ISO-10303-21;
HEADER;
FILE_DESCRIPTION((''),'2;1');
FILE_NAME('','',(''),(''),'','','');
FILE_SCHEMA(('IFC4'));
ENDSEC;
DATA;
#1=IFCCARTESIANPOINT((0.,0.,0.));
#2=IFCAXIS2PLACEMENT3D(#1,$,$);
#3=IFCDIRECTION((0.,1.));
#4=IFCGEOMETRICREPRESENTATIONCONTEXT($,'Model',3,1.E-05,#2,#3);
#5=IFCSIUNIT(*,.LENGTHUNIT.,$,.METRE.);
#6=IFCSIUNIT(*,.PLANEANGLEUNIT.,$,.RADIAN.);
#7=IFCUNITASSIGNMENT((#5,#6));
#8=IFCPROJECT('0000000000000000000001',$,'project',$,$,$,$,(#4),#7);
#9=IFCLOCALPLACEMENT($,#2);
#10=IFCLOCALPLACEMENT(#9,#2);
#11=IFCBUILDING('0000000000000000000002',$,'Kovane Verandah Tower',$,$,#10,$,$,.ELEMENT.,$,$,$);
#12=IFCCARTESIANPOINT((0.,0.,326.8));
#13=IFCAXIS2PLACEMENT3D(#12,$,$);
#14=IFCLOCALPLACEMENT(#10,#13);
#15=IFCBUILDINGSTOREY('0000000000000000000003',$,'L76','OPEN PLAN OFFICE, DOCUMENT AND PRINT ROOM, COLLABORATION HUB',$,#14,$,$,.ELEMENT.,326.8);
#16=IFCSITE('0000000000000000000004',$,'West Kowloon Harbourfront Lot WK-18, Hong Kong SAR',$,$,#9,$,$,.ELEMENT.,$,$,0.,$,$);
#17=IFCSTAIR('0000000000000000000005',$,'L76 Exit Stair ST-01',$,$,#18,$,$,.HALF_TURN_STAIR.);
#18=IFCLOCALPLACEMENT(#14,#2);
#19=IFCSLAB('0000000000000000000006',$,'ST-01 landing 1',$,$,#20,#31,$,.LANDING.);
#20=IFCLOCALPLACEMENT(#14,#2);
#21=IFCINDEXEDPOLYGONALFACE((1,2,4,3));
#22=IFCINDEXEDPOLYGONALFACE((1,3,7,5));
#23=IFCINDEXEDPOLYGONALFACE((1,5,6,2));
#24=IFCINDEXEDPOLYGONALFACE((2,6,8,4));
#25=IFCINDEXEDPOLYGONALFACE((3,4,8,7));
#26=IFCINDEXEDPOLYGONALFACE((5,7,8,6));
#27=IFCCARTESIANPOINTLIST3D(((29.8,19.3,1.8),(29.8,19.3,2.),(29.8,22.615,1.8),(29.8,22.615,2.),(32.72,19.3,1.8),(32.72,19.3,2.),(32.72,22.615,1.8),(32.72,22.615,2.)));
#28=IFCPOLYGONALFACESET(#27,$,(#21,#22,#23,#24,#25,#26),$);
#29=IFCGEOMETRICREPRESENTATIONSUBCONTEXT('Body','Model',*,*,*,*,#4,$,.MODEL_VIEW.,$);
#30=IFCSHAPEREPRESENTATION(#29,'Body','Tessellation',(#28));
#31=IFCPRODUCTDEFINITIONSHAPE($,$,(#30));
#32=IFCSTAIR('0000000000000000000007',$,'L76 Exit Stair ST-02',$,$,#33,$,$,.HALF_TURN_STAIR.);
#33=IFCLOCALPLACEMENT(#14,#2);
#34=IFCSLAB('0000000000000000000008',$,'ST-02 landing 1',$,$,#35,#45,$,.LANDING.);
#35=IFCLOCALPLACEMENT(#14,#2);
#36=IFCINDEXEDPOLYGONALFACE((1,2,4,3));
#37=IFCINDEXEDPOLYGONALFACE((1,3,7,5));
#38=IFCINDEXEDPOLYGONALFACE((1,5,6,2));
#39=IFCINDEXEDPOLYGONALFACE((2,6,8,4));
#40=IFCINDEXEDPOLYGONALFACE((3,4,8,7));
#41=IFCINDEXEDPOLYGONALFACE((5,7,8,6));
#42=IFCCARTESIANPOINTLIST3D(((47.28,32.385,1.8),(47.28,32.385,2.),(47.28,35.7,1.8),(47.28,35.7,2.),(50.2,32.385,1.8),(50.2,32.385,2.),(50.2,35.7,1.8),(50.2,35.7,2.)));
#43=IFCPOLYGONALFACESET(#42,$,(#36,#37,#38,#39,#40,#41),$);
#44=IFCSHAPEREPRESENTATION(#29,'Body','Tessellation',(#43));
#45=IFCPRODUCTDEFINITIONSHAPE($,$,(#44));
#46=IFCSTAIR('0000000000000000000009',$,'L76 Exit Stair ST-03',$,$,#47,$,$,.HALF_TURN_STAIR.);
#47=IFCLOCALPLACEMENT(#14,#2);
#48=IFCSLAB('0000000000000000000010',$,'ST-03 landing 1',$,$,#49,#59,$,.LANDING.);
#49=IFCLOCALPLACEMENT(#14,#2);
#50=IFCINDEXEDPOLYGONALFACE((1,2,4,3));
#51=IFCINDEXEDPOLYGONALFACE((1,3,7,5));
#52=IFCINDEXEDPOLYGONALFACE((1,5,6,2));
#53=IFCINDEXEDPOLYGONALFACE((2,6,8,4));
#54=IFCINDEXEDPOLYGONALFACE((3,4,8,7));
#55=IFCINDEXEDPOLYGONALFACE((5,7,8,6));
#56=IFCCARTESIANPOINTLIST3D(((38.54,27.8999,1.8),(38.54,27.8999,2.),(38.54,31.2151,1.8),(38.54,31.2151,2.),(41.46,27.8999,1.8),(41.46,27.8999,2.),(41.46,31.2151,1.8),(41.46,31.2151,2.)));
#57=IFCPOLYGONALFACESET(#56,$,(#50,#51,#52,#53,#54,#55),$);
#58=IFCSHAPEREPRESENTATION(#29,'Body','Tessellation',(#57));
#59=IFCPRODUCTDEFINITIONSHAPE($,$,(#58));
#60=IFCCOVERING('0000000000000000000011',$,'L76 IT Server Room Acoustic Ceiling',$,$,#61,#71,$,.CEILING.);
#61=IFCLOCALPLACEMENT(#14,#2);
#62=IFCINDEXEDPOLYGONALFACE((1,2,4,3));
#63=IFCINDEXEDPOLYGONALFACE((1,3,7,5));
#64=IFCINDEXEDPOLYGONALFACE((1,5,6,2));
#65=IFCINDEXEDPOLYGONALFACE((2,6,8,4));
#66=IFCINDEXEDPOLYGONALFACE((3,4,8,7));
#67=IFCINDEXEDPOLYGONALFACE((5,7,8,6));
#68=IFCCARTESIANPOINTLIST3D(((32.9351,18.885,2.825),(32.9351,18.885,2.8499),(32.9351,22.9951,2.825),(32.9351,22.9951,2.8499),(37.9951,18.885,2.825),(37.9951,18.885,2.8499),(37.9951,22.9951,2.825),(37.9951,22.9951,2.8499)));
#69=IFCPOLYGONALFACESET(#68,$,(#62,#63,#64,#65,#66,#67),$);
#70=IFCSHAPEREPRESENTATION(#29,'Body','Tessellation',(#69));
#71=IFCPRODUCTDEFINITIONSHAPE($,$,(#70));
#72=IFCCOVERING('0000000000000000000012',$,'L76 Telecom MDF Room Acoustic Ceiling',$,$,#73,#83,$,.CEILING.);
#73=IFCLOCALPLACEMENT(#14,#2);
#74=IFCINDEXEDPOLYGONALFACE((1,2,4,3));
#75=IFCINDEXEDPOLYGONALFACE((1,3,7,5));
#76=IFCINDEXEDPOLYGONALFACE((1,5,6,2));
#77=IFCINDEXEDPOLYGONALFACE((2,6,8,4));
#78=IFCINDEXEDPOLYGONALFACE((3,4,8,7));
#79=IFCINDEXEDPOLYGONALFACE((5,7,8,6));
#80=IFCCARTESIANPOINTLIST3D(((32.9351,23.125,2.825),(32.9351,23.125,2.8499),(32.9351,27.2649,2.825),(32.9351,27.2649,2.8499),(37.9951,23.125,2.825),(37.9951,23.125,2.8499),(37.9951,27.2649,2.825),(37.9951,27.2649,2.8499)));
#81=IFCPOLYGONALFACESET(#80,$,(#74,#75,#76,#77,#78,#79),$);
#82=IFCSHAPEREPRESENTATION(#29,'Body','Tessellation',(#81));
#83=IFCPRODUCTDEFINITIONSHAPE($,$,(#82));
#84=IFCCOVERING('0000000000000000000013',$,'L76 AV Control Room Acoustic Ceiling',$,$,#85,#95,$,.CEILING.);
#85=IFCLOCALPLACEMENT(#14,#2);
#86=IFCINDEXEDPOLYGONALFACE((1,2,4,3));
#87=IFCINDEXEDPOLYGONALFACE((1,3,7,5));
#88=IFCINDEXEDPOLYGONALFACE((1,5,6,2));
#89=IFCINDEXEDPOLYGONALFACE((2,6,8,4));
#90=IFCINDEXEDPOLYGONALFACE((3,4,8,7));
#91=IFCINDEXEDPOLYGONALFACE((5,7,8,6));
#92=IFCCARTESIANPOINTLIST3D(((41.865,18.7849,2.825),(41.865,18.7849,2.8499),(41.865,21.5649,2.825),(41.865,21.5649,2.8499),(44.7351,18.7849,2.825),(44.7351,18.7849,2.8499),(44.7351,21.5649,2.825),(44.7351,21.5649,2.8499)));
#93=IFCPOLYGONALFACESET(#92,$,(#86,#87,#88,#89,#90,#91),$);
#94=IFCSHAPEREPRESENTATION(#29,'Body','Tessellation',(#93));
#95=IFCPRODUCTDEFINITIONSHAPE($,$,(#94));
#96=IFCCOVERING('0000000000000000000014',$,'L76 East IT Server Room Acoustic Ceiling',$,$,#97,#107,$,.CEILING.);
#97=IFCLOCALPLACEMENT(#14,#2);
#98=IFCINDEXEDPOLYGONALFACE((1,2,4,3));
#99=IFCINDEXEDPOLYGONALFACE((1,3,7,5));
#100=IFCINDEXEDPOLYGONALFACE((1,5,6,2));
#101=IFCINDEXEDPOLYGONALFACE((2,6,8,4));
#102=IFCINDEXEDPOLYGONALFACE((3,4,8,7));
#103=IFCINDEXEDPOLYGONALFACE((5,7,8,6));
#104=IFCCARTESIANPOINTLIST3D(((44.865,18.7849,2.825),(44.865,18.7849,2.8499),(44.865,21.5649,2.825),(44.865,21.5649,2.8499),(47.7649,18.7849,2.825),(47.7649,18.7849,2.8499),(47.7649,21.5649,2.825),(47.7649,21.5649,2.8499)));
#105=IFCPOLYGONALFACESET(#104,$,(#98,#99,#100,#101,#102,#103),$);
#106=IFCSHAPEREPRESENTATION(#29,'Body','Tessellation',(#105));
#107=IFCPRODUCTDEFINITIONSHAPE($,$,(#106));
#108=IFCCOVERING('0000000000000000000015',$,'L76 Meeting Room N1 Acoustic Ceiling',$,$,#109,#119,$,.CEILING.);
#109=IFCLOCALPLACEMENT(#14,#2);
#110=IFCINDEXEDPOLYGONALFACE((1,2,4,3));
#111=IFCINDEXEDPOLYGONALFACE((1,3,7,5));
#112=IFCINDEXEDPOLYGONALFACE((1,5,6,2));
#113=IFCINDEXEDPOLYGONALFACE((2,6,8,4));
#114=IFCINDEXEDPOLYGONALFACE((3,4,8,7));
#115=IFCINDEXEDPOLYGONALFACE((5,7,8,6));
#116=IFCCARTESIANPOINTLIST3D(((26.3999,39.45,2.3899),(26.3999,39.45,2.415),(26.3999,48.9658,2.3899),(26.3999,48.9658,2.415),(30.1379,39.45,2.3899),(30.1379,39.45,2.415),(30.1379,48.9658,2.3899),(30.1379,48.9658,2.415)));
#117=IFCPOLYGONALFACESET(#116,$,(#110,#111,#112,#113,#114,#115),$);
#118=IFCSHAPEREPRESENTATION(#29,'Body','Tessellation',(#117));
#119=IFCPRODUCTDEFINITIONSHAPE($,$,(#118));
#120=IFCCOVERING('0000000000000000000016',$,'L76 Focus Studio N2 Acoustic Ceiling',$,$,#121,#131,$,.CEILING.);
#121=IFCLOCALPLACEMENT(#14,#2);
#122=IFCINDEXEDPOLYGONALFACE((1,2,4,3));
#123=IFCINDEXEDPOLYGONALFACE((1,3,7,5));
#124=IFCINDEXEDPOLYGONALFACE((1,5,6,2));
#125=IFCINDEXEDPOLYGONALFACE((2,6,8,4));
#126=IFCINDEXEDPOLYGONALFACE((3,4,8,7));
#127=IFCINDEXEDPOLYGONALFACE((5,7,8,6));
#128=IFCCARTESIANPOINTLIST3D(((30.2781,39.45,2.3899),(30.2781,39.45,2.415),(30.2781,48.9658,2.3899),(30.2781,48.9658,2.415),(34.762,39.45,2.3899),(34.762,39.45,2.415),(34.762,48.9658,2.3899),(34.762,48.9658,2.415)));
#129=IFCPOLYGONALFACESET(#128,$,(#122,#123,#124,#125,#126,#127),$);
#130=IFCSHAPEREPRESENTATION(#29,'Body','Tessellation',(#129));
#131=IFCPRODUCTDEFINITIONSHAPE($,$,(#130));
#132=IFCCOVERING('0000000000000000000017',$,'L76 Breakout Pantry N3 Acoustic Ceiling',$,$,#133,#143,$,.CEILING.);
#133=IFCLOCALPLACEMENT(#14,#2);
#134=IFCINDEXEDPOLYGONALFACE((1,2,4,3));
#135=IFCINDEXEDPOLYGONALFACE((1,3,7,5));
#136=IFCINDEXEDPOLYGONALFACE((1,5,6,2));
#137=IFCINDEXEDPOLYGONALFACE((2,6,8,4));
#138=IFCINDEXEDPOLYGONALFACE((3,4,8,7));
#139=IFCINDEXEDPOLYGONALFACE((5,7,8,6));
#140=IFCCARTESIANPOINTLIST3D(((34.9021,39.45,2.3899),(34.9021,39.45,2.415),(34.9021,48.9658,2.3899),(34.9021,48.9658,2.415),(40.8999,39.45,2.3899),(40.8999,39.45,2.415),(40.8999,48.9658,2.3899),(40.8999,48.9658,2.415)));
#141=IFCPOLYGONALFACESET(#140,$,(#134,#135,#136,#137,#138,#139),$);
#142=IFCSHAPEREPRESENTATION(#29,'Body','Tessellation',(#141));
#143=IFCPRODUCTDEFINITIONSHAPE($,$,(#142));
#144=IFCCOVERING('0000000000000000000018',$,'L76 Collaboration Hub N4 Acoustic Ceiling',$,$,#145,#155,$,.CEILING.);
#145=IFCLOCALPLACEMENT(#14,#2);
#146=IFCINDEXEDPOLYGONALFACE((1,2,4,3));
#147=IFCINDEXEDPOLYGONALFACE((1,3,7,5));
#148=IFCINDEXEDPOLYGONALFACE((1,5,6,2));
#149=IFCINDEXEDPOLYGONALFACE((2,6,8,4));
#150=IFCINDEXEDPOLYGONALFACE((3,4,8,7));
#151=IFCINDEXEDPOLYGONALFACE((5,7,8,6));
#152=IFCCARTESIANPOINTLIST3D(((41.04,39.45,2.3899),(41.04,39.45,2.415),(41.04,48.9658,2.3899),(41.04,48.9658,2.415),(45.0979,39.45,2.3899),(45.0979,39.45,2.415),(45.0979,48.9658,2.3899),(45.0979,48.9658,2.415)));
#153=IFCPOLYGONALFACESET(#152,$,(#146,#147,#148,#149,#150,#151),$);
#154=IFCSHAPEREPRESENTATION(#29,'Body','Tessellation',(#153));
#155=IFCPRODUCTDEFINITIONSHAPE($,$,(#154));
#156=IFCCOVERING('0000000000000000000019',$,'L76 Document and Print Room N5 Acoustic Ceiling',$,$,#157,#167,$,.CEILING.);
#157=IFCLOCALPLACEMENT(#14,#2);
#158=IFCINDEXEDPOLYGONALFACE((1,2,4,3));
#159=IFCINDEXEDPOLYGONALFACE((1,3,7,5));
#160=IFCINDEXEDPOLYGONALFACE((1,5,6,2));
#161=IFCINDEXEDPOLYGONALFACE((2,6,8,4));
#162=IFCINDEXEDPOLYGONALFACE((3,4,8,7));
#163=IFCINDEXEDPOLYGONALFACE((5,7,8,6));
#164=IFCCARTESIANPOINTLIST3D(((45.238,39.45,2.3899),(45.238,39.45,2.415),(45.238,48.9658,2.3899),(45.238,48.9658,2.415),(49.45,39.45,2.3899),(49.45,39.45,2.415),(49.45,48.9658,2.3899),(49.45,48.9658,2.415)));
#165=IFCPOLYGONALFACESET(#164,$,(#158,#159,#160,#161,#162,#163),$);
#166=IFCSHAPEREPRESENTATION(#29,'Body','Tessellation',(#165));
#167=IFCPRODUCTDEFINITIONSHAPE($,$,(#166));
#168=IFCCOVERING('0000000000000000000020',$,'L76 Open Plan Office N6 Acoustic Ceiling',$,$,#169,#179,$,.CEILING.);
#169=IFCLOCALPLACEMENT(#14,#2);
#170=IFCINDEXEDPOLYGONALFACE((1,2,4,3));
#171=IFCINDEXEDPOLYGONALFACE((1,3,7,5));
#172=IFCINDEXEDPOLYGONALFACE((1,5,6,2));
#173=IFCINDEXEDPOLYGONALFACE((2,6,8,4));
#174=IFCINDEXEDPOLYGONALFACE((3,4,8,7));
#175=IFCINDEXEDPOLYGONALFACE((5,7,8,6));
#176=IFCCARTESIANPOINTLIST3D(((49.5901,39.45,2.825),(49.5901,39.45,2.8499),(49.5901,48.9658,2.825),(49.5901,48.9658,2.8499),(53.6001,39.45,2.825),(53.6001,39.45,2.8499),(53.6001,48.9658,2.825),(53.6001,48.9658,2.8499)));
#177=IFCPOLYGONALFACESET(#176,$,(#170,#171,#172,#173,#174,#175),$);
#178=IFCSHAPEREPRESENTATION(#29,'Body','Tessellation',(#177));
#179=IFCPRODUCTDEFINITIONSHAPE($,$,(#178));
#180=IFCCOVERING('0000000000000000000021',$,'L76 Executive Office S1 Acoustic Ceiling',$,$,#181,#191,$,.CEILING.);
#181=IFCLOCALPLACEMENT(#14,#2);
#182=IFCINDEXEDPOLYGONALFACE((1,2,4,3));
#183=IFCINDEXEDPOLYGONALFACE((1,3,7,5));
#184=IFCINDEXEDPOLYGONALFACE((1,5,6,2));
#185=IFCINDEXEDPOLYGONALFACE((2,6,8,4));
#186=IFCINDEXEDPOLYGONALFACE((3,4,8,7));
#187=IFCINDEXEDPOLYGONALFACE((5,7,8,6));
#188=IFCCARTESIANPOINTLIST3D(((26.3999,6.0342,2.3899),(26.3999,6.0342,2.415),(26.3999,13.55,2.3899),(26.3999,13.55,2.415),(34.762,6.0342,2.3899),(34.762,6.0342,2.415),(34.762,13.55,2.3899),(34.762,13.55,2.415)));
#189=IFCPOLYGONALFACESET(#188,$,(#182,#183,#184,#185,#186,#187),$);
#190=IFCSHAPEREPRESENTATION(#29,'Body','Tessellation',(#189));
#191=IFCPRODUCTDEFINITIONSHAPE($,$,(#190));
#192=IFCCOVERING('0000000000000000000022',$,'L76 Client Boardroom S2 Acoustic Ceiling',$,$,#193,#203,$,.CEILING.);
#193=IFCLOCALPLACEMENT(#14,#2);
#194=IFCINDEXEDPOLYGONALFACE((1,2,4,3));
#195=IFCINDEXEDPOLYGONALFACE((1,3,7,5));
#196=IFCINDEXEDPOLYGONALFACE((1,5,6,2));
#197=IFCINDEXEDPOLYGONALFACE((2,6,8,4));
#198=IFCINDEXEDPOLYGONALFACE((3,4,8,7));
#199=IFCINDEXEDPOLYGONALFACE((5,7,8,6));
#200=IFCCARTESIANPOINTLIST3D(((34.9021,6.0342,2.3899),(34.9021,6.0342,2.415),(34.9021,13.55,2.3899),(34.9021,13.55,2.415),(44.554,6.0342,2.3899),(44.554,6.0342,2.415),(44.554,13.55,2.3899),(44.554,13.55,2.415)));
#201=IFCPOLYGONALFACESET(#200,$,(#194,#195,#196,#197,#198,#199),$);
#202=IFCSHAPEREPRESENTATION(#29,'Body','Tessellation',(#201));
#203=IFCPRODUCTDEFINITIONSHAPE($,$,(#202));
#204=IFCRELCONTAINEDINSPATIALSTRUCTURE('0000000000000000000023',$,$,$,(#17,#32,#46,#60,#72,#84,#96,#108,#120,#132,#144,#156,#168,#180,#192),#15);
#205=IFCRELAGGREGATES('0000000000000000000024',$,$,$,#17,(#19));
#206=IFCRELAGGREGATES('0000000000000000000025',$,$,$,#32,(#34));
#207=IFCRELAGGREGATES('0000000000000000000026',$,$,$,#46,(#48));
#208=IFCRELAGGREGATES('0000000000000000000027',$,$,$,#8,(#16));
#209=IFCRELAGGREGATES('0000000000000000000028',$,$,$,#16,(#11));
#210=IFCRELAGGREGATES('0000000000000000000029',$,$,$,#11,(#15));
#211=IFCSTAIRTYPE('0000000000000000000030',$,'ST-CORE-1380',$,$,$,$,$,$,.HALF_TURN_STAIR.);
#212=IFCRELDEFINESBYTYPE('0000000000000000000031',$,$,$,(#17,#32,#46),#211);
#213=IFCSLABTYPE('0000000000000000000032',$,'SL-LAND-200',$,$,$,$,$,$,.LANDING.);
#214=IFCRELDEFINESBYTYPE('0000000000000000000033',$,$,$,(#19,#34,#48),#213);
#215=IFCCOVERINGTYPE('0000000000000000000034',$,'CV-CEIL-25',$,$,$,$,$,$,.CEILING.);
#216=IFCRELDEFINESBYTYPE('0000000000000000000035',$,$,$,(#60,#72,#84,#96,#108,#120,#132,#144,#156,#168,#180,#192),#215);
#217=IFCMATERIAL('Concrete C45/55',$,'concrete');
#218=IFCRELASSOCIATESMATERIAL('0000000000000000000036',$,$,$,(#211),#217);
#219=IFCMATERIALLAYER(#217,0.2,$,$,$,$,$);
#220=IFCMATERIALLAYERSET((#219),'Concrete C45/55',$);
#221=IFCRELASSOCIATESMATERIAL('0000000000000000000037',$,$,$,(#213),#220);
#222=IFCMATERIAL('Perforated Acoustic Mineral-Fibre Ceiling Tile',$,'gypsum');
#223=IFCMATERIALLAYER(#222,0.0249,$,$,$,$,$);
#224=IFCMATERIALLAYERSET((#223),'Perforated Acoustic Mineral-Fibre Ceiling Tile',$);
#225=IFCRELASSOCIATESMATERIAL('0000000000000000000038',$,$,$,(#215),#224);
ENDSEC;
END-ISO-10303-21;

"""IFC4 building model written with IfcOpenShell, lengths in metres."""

from ifc_helpers import new_model, si_unit, direction, frame, origin, place, context, subcontext, project, spatial, polyline, outline, extrude, material, layer, layer_set, type_object, element, aggregate, save


model = new_model("IFC4")

# Units and contexts
model_context = context("Model", 3, precision=1e-05, world=origin(), true_north=direction((0.0, 1.0)))
body_context = subcontext(model_context, "Body", "Model", "MODEL_VIEW")
ifc_project = project(units=[si_unit("LENGTHUNIT", "METRE"), si_unit("PLANEANGLEUNIT", "RADIAN")], contexts=[model_context])

# Site, building, storey
site_placement = place(None, origin())
site = spatial("IfcSite", under=ifc_project, at=site_placement, Name="West Kowloon Harbourfront Lot WK-18, Hong Kong SAR", CompositionType="ELEMENT", RefElevation=0.0)
building_placement = place(site_placement, origin())
building = spatial("IfcBuilding", under=site, at=building_placement, Name="Kovane Verandah Tower", CompositionType="ELEMENT")
storey_placement = place(building_placement, frame((0.0, 0.0, 326.8)))
storey = spatial("IfcBuildingStorey", under=building, at=storey_placement, Name="L76", Description="OPEN PLAN OFFICE, DOCUMENT AND PRINT ROOM, COLLABORATION HUB", CompositionType="ELEMENT", Elevation=326.8)

# Stairs, slabs
ifc_material_1 = material(Name="Concrete C45/55", Category="concrete")
stair_type = type_object("IfcStairType", Name="ST-CORE-1380", PredefinedType="HALF_TURN_STAIR", material=ifc_material_1)
stair_1_placement = place(storey_placement, origin())
stair_1 = element("IfcStair", 1, at=stair_1_placement, inside=storey, type_object=stair_type, Name="L76 Exit Stair ST-01", PredefinedType="HALF_TURN_STAIR")
ifc_layer_1 = layer(ifc_material_1, 0.2)
ifc_layer_set_1 = layer_set([ifc_layer_1], Name="Concrete C45/55")
slab_type = type_object("IfcSlabType", Name="SL-LAND-200", PredefinedType="LANDING", material=ifc_layer_set_1)
slab_1_placement = place(storey_placement, frame((0.0, 0.0, 1.8)))
slab_1 = element("IfcSlab", 2, at=slab_1_placement, type_object=slab_type, Name="ST-01 landing 1", PredefinedType="LANDING", context=body_context, shape_type="SweptSolid", body=[
    extrude(outline(polyline([(29.8, 22.615), (29.8, 19.3), (32.72, 19.3), (32.72, 22.615), (29.8, 22.615)])), origin(), (0.0, 0.0, 1.0), 0.2),
])
aggregate(stair_1, [slab_1])
stair_2_placement = place(storey_placement, origin())
stair_2 = element("IfcStair", 3, at=stair_2_placement, inside=storey, type_object=stair_type, Name="L76 Exit Stair ST-02", PredefinedType="HALF_TURN_STAIR")
slab_2_placement = place(storey_placement, frame((0.0, 0.0, 1.8)))
slab_2 = element("IfcSlab", 4, at=slab_2_placement, type_object=slab_type, Name="ST-02 landing 1", PredefinedType="LANDING", context=body_context, shape_type="SweptSolid", body=[
    extrude(outline(polyline([(50.2, 32.385), (50.2, 35.7), (47.28, 35.7), (47.28, 32.385), (50.2, 32.385)])), origin(), (0.0, 0.0, 1.0), 0.2),
])
aggregate(stair_2, [slab_2])
stair_3_placement = place(storey_placement, origin())
stair_3 = element("IfcStair", 5, at=stair_3_placement, inside=storey, type_object=stair_type, Name="L76 Exit Stair ST-03", PredefinedType="HALF_TURN_STAIR")
slab_3_placement = place(storey_placement, frame((0.0, 0.0, 1.8)))
slab_3 = element("IfcSlab", 6, at=slab_3_placement, type_object=slab_type, Name="ST-03 landing 1", PredefinedType="LANDING", context=body_context, shape_type="SweptSolid", body=[
    extrude(outline(polyline([(38.54, 31.2151), (38.54, 27.8999), (41.46, 27.8999), (41.46, 31.2151), (38.54, 31.2151)])), origin(), (0.0, 0.0, 1.0), 0.2),
])
aggregate(stair_3, [slab_3])

# Coverings
ifc_material_2 = material(Name="Perforated Acoustic Mineral-Fibre Ceiling Tile", Category="gypsum")
ifc_layer_2 = layer(ifc_material_2, 0.0249)
ifc_layer_set_2 = layer_set([ifc_layer_2], Name="Perforated Acoustic Mineral-Fibre Ceiling Tile")
covering_type_1 = type_object("IfcCoveringType", Name="CV-CEIL-25", PredefinedType="CEILING", material=ifc_layer_set_2)
covering_1_placement = place(storey_placement, frame((0.0, 0.0, 2.825)))
element("IfcCovering", 7, at=covering_1_placement, inside=storey, type_object=covering_type_1, Name="L76 IT Server Room Acoustic Ceiling", PredefinedType="CEILING", context=body_context, shape_type="SweptSolid", body=[
    extrude(outline(polyline([(32.9351, 18.885), (37.9951, 18.885), (37.9951, 22.9951), (32.9351, 22.9951), (32.9351, 18.885)])), origin(), (0.0, 0.0, 1.0), 0.0249),
])
covering_2_placement = place(storey_placement, frame((0.0, 0.0, 2.825)))
element("IfcCovering", 8, at=covering_2_placement, inside=storey, type_object=covering_type_1, Name="L76 Telecom MDF Room Acoustic Ceiling", PredefinedType="CEILING", context=body_context, shape_type="SweptSolid", body=[
    extrude(outline(polyline([(32.9351, 23.125), (37.9951, 23.125), (37.9951, 27.2649), (32.9351, 27.2649), (32.9351, 23.125)])), origin(), (0.0, 0.0, 1.0), 0.0249),
])
covering_3_placement = place(storey_placement, frame((0.0, 0.0, 2.825)))
element("IfcCovering", 9, at=covering_3_placement, inside=storey, type_object=covering_type_1, Name="L76 AV Control Room Acoustic Ceiling", PredefinedType="CEILING", context=body_context, shape_type="SweptSolid", body=[
    extrude(outline(polyline([(41.865, 18.7849), (44.7351, 18.7849), (44.7351, 21.5649), (41.865, 21.5649), (41.865, 18.7849)])), origin(), (0.0, 0.0, 1.0), 0.0249),
])
covering_4_placement = place(storey_placement, frame((0.0, 0.0, 2.825)))
element("IfcCovering", 10, at=covering_4_placement, inside=storey, type_object=covering_type_1, Name="L76 East IT Server Room Acoustic Ceiling", PredefinedType="CEILING", context=body_context, shape_type="SweptSolid", body=[
    extrude(outline(polyline([(44.865, 18.7849), (47.7649, 18.7849), (47.7649, 21.5649), (44.865, 21.5649), (44.865, 18.7849)])), origin(), (0.0, 0.0, 1.0), 0.0249),
])
covering_5_placement = place(storey_placement, frame((0.0, 0.0, 2.3899)))
element("IfcCovering", 11, at=covering_5_placement, inside=storey, type_object=covering_type_1, Name="L76 Meeting Room N1 Acoustic Ceiling", PredefinedType="CEILING", context=body_context, shape_type="SweptSolid", body=[
    extrude(outline(polyline([(26.3999, 39.45), (30.1379, 39.45), (30.1379, 48.9658), (26.3999, 48.9658), (26.3999, 39.45)])), origin(), (0.0, 0.0, 1.0), 0.0251),
])
covering_6_placement = place(storey_placement, frame((0.0, 0.0, 2.3899)))
element("IfcCovering", 12, at=covering_6_placement, inside=storey, type_object=covering_type_1, Name="L76 Focus Studio N2 Acoustic Ceiling", PredefinedType="CEILING", context=body_context, shape_type="SweptSolid", body=[
    extrude(outline(polyline([(30.2781, 39.45), (34.762, 39.45), (34.762, 48.9658), (30.2781, 48.9658), (30.2781, 39.45)])), origin(), (0.0, 0.0, 1.0), 0.0251),
])
covering_7_placement = place(storey_placement, frame((0.0, 0.0, 2.3899)))
element("IfcCovering", 13, at=covering_7_placement, inside=storey, type_object=covering_type_1, Name="L76 Breakout Pantry N3 Acoustic Ceiling", PredefinedType="CEILING", context=body_context, shape_type="SweptSolid", body=[
    extrude(outline(polyline([(34.9021, 39.45), (40.8999, 39.45), (40.8999, 48.9658), (34.9021, 48.9658), (34.9021, 39.45)])), origin(), (0.0, 0.0, 1.0), 0.0251),
])
covering_8_placement = place(storey_placement, frame((0.0, 0.0, 2.3899)))
element("IfcCovering", 14, at=covering_8_placement, inside=storey, type_object=covering_type_1, Name="L76 Collaboration Hub N4 Acoustic Ceiling", PredefinedType="CEILING", context=body_context, shape_type="SweptSolid", body=[
    extrude(outline(polyline([(41.04, 39.45), (45.0979, 39.45), (45.0979, 48.9658), (41.04, 48.9658), (41.04, 39.45)])), origin(), (0.0, 0.0, 1.0), 0.0251),
])
covering_9_placement = place(storey_placement, frame((0.0, 0.0, 2.3899)))
element("IfcCovering", 15, at=covering_9_placement, inside=storey, type_object=covering_type_1, Name="L76 Document and Print Room N5 Acoustic Ceiling", PredefinedType="CEILING", context=body_context, shape_type="SweptSolid", body=[
    extrude(outline(polyline([(45.238, 39.45), (49.45, 39.45), (49.45, 48.9658), (45.238, 48.9658), (45.238, 39.45)])), origin(), (0.0, 0.0, 1.0), 0.0251),
])
covering_10_placement = place(storey_placement, frame((0.0, 0.0, 2.825)))
element("IfcCovering", 16, at=covering_10_placement, inside=storey, type_object=covering_type_1, Name="L76 Open Plan Office N6 Acoustic Ceiling", PredefinedType="CEILING", context=body_context, shape_type="SweptSolid", body=[
    extrude(outline(polyline([(49.5901, 39.45), (53.6001, 39.45), (53.6001, 48.9658), (49.5901, 48.9658), (49.5901, 39.45)])), origin(), (0.0, 0.0, 1.0), 0.0249),
])
covering_11_placement = place(storey_placement, frame((0.0, 0.0, 2.3899)))
element("IfcCovering", 17, at=covering_11_placement, inside=storey, type_object=covering_type_1, Name="L76 Executive Office S1 Acoustic Ceiling", PredefinedType="CEILING", context=body_context, shape_type="SweptSolid", body=[
    extrude(outline(polyline([(26.3999, 6.0342), (34.762, 6.0342), (34.762, 13.55), (26.3999, 13.55), (26.3999, 6.0342)])), origin(), (0.0, 0.0, 1.0), 0.0251),
])
covering_12_placement = place(storey_placement, frame((0.0, 0.0, 2.3899)))
element("IfcCovering", 18, at=covering_12_placement, inside=storey, type_object=covering_type_1, Name="L76 Client Boardroom S2 Acoustic Ceiling", PredefinedType="CEILING", context=body_context, shape_type="SweptSolid", body=[
    extrude(outline(polyline([(34.9021, 6.0342), (44.554, 6.0342), (44.554, 13.55), (34.9021, 13.55), (34.9021, 6.0342)])), origin(), (0.0, 0.0, 1.0), 0.0251),
])

save(model, "model.ifc")
